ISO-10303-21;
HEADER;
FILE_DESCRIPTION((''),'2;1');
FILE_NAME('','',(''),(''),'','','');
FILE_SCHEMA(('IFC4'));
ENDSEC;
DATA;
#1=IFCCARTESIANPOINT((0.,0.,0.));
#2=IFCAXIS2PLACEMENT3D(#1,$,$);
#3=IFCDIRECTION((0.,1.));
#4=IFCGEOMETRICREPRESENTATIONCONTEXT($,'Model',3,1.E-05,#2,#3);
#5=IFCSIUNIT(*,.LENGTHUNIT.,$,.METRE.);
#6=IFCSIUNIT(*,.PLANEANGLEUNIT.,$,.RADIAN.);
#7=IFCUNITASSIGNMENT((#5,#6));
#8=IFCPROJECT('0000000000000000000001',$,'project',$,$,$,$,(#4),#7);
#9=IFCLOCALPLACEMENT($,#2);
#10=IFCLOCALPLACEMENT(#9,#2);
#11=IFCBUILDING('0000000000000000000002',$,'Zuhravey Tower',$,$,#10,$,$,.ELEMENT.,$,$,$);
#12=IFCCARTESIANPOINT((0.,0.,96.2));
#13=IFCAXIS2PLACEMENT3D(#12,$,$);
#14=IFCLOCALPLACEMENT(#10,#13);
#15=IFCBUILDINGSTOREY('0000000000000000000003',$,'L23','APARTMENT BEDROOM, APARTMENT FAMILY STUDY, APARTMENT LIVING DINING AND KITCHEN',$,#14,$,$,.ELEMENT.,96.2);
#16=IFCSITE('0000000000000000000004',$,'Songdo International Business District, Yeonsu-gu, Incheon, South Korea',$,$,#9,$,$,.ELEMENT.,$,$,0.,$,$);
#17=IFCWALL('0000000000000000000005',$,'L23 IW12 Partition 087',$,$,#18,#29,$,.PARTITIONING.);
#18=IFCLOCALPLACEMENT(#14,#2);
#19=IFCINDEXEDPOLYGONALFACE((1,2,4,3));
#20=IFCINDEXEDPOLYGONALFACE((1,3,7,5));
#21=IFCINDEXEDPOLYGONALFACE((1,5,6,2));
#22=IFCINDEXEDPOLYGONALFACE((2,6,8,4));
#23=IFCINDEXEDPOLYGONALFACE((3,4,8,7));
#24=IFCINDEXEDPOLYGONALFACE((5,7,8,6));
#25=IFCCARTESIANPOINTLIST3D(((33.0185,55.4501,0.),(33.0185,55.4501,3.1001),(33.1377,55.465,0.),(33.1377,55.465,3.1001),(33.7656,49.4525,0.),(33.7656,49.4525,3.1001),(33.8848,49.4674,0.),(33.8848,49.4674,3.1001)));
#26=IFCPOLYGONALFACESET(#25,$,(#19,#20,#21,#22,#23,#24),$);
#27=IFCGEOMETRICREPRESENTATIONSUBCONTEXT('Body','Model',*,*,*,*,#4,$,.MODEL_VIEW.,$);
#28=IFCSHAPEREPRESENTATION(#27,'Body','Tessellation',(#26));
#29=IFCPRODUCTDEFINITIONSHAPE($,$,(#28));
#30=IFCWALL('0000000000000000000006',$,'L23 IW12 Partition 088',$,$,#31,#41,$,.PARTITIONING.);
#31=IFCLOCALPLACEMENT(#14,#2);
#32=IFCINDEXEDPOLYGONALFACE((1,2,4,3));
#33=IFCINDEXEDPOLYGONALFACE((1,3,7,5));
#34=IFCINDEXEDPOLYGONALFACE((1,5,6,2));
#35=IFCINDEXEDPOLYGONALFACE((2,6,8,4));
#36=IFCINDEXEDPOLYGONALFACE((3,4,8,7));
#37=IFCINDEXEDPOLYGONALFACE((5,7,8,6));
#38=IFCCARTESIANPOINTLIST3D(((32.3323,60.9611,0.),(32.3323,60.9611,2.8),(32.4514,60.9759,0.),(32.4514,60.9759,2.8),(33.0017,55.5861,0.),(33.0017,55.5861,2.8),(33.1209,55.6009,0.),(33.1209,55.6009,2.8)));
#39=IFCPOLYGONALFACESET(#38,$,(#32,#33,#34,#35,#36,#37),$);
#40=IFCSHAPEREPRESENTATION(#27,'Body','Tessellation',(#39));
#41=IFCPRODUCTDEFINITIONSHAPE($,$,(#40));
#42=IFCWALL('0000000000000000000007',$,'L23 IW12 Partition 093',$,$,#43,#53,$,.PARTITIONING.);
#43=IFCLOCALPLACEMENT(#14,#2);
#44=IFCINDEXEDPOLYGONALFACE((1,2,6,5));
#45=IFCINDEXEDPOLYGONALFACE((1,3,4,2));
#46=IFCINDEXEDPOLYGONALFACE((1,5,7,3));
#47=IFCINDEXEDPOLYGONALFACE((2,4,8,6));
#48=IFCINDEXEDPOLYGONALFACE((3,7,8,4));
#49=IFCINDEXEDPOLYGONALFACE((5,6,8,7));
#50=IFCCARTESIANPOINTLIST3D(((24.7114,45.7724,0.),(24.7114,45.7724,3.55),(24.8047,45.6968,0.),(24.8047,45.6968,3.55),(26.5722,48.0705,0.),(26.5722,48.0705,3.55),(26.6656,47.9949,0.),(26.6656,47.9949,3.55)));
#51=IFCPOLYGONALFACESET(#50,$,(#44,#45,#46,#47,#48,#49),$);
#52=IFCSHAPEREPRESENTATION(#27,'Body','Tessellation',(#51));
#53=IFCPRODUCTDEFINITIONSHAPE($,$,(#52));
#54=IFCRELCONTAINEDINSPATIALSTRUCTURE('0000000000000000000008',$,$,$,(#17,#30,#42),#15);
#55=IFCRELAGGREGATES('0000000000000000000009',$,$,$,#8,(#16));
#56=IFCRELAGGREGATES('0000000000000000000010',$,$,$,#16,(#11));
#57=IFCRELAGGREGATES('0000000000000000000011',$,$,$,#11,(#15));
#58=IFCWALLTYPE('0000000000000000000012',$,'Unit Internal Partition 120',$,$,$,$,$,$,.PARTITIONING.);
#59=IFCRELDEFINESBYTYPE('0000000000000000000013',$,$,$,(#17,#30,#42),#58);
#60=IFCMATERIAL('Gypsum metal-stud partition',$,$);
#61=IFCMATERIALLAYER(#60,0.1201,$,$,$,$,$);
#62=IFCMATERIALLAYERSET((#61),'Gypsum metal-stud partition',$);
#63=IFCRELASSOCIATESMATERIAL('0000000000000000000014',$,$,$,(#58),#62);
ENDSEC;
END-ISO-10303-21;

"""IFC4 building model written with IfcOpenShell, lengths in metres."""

from ifc_helpers import new_model, si_unit, direction, frame, frame_2d, origin, place, context, subcontext, project, spatial, rectangle, extrude, material, layer, layer_set, type_object, element, save


model = new_model("IFC4")

# Units and contexts
model_context = context("Model", 3, precision=1e-05, world=origin(), true_north=direction((0.0, 1.0)))
body_context = subcontext(model_context, "Body", "Model", "MODEL_VIEW")
ifc_project = project(units=[si_unit("LENGTHUNIT", "METRE"), si_unit("PLANEANGLEUNIT", "RADIAN")], contexts=[model_context])

# Site, building, storey
site_placement = place(None, origin())
site = spatial("IfcSite", under=ifc_project, at=site_placement, Name="Songdo International Business District, Yeonsu-gu, Incheon, South Korea", CompositionType="ELEMENT", RefElevation=0.0)
building_placement = place(site_placement, origin())
building = spatial("IfcBuilding", under=site, at=building_placement, Name="Zuhravey Tower", CompositionType="ELEMENT")
storey_placement = place(building_placement, frame((0.0, 0.0, 96.2)))
storey = spatial("IfcBuildingStorey", under=building, at=storey_placement, Name="L23", Description="APARTMENT BEDROOM, APARTMENT FAMILY STUDY, APARTMENT LIVING DINING AND KITCHEN", CompositionType="ELEMENT", Elevation=96.2)

# Shared definitions
ifc_material_1 = material(Name="Gypsum metal-stud partition")
ifc_layer_1 = layer(ifc_material_1, 0.1201)
ifc_layer_set_1 = layer_set([ifc_layer_1], Name="Gypsum metal-stud partition")
wall_type_1 = type_object("IfcWallType", Name="Unit Internal Partition 120", PredefinedType="PARTITIONING", material=ifc_layer_set_1)

# Walls
wall_1_placement = place(storey_placement, frame((33.8252, 49.46, 0.0), z_axis=(0.0, 0.0, 1.0), x_axis=(-0.123607, 0.992331, 0.0)))
element("IfcWall", 1, at=wall_1_placement, inside=storey, type_object=wall_type_1, Name="L23 IW12 Partition 087", PredefinedType="PARTITIONING", context=body_context, shape_type="SweptSolid", body=[
    extrude(rectangle(XDim=6.0439, YDim=0.1201, at=frame_2d((3.022, 0.0))), origin(), (0.0, 0.0, 1.0), 3.1001),
])
wall_2_placement = place(storey_placement, frame((33.0613, 55.5935, 0.0), z_axis=(0.0, 0.0, 1.0), x_axis=(-0.123591, 0.992333, 0.0)))
element("IfcWall", 2, at=wall_2_placement, inside=storey, type_object=wall_type_1, Name="L23 IW12 Partition 088", PredefinedType="PARTITIONING", context=body_context, shape_type="SweptSolid", body=[
    extrude(rectangle(XDim=5.4165, YDim=0.1201, at=frame_2d((2.7083, 0.0))), origin(), (0.0, 0.0, 1.0), 2.8),
])
wall_3_placement = place(storey_placement, frame((26.6189, 48.0327, 0.0), z_axis=(0.0, 0.0, 1.0), x_axis=(-0.629296, -0.777166, 0.0)))
element("IfcWall", 3, at=wall_3_placement, inside=storey, type_object=wall_type_1, Name="L23 IW12 Partition 093", PredefinedType="PARTITIONING", context=body_context, shape_type="SweptSolid", body=[
    extrude(rectangle(XDim=2.957, YDim=0.1201, at=frame_2d((1.4785, 0.0))), origin(), (0.0, 0.0, 1.0), 3.55),
])

save(model, "model.ifc")
